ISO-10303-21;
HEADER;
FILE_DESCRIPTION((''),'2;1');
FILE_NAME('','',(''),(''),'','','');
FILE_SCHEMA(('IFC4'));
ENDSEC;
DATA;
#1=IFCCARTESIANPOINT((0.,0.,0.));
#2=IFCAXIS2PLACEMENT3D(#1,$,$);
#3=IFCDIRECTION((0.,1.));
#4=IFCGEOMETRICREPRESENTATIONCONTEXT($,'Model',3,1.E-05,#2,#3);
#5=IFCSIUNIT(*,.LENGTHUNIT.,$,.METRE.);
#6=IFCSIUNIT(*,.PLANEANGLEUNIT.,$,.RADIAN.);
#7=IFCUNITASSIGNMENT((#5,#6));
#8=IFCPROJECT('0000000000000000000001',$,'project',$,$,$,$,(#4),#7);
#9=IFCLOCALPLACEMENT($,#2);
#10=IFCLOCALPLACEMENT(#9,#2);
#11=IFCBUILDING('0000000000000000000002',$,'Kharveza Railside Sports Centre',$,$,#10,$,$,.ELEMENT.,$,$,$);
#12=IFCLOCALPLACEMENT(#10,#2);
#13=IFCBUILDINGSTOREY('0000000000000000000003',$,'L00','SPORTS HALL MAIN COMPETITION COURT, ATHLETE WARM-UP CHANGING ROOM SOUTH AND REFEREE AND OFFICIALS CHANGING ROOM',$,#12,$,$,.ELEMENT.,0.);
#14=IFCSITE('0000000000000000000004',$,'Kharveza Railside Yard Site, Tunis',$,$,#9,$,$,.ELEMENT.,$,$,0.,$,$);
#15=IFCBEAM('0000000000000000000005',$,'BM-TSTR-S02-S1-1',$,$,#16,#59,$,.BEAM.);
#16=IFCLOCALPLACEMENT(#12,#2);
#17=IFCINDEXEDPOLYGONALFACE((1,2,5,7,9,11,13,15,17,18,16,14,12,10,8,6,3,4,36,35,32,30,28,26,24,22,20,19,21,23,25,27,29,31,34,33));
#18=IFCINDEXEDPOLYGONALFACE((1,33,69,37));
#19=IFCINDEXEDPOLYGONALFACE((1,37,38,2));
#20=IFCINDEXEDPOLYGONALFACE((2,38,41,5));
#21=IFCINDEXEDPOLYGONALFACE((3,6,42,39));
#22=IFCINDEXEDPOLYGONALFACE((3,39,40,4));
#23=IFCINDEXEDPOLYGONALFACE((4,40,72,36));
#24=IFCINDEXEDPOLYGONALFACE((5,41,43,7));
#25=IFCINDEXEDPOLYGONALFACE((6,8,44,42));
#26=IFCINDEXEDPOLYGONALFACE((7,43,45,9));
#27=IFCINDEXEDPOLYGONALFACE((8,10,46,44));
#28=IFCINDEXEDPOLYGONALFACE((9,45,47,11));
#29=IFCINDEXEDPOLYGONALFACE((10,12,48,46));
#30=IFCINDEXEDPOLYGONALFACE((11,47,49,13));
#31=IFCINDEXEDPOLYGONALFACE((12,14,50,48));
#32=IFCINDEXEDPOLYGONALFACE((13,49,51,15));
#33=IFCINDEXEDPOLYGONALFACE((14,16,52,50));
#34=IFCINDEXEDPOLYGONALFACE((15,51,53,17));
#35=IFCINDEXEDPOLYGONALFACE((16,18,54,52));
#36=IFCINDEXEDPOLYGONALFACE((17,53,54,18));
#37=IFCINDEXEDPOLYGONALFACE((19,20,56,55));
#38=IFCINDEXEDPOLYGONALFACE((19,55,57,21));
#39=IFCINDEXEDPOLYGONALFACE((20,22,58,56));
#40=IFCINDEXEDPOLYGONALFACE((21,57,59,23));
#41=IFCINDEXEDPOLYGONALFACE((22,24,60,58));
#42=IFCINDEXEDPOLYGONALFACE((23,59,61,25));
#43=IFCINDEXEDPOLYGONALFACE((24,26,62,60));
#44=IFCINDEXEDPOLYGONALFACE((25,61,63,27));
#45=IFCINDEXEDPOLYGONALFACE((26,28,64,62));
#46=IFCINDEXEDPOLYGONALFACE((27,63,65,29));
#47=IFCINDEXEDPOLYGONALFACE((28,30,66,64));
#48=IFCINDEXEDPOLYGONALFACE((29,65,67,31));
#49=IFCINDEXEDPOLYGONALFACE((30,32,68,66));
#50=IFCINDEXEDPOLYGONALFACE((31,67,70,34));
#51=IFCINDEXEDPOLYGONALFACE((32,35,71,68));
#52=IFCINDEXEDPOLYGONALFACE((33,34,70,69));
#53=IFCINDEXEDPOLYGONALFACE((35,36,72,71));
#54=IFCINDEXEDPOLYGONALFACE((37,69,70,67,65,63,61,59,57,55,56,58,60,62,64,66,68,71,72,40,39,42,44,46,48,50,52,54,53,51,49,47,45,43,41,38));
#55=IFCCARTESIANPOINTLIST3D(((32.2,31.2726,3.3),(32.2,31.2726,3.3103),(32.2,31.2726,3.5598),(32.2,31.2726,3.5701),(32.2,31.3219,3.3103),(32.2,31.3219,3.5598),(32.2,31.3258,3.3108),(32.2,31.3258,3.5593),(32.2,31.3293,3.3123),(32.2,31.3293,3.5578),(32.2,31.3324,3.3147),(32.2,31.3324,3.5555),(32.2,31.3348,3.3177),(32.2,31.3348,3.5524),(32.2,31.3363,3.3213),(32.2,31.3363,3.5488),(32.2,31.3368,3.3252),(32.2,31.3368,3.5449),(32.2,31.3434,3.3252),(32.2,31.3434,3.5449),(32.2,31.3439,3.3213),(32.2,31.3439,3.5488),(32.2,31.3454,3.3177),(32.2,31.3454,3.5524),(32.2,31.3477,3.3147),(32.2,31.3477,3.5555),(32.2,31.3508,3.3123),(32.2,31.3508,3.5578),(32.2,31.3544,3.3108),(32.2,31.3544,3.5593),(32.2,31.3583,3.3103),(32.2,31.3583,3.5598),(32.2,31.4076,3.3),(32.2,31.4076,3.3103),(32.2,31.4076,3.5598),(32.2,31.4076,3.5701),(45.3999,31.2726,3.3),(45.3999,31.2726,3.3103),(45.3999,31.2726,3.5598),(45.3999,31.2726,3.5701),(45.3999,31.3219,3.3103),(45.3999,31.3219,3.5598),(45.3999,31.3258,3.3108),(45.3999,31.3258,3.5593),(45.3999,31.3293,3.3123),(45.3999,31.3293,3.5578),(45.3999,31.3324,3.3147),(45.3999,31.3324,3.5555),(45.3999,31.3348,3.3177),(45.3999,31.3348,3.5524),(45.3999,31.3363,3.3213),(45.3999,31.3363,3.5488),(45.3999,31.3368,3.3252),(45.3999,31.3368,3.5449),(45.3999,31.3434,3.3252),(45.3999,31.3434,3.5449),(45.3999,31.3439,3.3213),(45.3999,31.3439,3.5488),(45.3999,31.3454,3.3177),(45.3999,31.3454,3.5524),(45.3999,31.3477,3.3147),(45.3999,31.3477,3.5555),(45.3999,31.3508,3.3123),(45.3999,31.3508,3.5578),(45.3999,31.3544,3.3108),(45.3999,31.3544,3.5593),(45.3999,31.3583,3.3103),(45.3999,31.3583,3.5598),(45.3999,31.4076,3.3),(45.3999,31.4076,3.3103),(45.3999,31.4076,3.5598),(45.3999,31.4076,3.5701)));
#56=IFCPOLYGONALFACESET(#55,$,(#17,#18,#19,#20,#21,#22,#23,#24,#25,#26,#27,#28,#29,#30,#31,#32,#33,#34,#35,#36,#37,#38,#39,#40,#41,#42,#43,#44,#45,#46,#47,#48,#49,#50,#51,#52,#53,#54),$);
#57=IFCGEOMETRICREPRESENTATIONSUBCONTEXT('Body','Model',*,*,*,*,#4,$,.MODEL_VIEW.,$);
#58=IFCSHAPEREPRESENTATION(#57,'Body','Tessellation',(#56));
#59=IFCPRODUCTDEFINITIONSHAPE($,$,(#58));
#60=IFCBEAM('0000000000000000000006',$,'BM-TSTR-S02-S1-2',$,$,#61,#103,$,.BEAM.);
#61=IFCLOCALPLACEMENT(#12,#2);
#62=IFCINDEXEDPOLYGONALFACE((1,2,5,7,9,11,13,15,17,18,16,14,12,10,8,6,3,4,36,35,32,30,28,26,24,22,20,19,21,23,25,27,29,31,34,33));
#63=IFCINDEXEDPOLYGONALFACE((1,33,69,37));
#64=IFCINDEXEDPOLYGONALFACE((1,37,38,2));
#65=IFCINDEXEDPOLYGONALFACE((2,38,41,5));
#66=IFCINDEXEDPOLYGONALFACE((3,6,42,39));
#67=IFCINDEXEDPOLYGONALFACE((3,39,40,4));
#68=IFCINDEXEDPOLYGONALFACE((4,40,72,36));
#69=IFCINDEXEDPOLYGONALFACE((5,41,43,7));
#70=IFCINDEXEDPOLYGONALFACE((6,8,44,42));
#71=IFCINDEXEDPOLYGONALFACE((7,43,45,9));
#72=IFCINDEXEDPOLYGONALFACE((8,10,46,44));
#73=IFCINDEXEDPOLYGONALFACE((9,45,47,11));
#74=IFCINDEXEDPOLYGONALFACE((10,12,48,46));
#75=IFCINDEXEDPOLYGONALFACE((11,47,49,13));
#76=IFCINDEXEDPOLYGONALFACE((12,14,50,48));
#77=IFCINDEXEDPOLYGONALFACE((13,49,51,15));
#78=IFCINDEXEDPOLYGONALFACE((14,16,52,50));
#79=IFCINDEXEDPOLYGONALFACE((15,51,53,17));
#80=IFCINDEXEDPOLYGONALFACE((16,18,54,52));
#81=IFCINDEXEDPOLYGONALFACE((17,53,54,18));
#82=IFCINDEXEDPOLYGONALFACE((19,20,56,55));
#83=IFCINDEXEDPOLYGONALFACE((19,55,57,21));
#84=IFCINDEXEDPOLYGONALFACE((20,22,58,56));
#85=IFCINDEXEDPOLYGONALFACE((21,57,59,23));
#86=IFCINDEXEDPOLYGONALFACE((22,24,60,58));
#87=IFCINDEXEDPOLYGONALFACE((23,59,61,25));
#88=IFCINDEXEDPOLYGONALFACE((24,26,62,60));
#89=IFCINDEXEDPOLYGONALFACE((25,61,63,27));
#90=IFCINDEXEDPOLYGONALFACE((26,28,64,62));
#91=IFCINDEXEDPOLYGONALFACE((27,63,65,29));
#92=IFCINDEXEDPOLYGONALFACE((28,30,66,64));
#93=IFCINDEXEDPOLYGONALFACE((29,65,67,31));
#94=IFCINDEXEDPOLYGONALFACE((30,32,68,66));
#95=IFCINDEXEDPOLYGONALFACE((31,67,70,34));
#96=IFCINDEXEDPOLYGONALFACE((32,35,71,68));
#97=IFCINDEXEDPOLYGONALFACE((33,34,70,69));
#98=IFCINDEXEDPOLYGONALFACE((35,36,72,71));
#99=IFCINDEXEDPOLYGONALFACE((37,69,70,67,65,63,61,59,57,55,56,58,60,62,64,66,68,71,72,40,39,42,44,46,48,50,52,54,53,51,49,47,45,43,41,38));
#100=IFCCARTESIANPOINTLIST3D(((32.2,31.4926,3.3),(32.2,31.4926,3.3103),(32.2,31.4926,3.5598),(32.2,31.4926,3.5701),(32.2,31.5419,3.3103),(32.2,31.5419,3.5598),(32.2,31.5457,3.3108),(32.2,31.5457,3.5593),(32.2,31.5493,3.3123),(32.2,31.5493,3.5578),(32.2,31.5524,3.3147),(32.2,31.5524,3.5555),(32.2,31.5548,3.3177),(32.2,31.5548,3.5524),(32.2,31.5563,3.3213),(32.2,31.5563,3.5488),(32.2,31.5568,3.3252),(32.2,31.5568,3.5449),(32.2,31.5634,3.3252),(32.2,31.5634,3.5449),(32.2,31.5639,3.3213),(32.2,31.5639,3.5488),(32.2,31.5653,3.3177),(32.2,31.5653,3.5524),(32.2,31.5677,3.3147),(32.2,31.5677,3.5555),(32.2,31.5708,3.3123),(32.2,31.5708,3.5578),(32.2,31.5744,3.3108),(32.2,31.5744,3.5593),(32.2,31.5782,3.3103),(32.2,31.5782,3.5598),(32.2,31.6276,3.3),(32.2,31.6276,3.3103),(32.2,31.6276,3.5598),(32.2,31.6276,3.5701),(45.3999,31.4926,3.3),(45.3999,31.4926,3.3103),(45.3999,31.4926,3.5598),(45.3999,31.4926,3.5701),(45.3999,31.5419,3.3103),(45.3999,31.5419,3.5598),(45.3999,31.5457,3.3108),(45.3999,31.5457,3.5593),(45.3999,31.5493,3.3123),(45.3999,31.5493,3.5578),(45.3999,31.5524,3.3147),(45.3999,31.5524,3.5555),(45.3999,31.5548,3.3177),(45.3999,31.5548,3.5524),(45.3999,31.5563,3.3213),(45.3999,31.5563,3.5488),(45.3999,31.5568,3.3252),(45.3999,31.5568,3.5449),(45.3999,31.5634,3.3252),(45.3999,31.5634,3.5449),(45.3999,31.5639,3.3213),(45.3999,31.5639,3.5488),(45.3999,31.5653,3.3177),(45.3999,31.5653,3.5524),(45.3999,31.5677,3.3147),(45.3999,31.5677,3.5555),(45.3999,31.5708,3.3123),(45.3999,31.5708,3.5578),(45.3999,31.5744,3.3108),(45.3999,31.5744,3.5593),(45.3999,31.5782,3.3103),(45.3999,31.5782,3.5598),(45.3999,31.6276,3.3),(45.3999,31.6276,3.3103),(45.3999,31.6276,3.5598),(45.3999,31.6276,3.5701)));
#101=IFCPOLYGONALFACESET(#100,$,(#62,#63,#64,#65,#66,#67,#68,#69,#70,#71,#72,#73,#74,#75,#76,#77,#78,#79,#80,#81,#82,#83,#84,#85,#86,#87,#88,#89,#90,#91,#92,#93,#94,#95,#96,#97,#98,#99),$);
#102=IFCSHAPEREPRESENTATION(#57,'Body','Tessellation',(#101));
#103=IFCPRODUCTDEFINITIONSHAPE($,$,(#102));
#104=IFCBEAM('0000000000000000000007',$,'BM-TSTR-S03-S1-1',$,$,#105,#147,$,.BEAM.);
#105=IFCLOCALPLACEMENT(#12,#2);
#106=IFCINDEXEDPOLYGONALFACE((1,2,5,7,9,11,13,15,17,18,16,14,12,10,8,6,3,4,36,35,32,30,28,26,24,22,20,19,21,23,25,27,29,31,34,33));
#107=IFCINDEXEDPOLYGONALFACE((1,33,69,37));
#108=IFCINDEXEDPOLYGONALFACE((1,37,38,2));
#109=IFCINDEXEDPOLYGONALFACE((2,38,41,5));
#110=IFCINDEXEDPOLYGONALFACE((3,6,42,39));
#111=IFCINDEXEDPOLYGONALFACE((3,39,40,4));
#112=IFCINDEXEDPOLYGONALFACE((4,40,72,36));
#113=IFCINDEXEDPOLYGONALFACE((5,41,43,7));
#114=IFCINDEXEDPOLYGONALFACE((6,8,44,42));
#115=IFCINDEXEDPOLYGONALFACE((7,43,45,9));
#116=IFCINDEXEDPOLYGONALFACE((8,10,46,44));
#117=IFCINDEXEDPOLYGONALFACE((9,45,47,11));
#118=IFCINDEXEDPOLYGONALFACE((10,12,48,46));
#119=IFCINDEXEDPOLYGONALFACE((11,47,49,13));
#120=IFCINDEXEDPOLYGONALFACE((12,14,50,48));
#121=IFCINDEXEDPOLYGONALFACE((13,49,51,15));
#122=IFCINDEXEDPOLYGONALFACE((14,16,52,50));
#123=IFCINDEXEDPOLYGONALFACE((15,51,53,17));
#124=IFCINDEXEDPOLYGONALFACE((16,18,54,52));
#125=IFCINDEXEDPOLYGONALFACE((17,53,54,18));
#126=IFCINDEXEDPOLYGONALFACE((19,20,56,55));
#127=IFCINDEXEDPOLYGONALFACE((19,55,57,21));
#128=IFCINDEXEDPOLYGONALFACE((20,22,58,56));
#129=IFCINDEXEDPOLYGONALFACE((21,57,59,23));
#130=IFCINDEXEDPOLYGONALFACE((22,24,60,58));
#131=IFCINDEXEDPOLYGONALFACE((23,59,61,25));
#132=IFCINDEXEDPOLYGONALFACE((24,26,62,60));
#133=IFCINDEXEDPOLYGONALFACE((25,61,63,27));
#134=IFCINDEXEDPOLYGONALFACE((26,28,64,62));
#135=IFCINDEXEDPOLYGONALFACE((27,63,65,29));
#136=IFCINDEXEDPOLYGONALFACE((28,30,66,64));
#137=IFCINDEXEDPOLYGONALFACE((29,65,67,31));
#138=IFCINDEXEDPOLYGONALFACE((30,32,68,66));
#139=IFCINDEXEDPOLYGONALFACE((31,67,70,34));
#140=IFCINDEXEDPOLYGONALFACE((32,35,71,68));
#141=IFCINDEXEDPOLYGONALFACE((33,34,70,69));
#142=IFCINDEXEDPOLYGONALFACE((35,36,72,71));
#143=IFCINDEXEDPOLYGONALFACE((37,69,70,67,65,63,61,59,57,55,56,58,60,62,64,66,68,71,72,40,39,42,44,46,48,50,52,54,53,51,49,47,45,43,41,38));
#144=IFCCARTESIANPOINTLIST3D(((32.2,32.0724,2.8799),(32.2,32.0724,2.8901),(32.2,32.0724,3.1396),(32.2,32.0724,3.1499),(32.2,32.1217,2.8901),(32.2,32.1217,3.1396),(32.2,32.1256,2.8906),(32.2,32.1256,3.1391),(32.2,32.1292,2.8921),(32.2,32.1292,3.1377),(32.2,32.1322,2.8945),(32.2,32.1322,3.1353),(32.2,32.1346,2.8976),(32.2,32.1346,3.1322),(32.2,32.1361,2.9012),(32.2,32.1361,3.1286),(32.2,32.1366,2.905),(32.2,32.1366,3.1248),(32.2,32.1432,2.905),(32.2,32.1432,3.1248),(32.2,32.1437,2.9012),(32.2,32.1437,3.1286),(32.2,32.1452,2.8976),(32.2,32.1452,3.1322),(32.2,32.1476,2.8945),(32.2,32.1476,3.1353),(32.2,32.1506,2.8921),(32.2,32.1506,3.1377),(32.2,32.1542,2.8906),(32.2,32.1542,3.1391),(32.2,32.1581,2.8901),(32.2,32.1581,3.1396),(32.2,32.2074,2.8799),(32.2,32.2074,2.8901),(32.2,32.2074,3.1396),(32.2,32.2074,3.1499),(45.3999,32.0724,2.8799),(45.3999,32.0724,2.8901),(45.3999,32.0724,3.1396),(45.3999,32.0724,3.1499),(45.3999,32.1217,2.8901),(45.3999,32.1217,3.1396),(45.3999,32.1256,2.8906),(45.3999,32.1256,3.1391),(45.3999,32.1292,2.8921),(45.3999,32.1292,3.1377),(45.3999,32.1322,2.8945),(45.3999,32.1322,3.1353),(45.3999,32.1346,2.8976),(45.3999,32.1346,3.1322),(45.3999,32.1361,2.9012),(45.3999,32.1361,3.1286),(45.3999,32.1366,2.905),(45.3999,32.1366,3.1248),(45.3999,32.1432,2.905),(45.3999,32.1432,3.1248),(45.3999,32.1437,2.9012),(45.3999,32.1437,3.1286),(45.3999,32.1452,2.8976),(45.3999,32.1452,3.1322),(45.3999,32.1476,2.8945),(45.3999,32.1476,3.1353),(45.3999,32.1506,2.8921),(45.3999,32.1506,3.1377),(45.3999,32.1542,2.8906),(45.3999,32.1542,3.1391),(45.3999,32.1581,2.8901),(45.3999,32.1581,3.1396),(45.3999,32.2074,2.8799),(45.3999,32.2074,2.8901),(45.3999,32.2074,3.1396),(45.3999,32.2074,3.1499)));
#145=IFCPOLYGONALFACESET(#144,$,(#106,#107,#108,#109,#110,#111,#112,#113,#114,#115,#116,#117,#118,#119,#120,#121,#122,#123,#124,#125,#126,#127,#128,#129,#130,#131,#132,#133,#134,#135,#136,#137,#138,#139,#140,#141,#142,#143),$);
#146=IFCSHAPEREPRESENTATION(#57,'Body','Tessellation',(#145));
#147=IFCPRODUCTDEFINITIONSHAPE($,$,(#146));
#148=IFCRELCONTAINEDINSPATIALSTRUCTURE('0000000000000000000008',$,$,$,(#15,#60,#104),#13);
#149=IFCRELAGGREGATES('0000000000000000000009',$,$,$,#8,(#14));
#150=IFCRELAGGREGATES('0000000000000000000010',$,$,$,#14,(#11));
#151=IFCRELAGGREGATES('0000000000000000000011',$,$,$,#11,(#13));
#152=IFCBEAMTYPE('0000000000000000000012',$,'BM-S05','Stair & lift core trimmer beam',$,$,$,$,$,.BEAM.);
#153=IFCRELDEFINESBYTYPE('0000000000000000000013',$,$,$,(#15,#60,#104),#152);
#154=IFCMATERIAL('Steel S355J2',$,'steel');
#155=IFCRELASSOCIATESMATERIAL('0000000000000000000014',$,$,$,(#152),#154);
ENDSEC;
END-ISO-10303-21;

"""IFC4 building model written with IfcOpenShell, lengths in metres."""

from ifc_helpers import new_model, si_unit, direction, frame, origin, origin_2d, place, context, subcontext, project, spatial, i_section, extrude, material, material_profile, profile_set, type_object, element, save


model = new_model("IFC4")

# Units and contexts
model_context = context("Model", 3, precision=1e-05, world=origin(), true_north=direction((0.0, 1.0)))
body_context = subcontext(model_context, "Body", "Model", "MODEL_VIEW")
ifc_project = project(units=[si_unit("LENGTHUNIT", "METRE"), si_unit("PLANEANGLEUNIT", "RADIAN")], contexts=[model_context])

# Site, building, storey
site_placement = place(None, origin())
site = spatial("IfcSite", under=ifc_project, at=site_placement, Name="Kharveza Railside Yard Site, Tunis", CompositionType="ELEMENT", RefElevation=0.0)
building_placement = place(site_placement, origin())
building = spatial("IfcBuilding", under=site, at=building_placement, Name="Kharveza Railside Sports Centre", CompositionType="ELEMENT")
storey_placement = place(building_placement, origin())
storey = spatial("IfcBuildingStorey", under=building, at=storey_placement, Name="L00", Description="SPORTS HALL MAIN COMPETITION COURT, ATHLETE WARM-UP CHANGING ROOM SOUTH AND REFEREE AND OFFICIALS CHANGING ROOM", CompositionType="ELEMENT", Elevation=0.0)

# Shared definitions
ifc_material_1 = material(Name="Steel S355J2", Category="steel")

# Beams
ifc_material_profile_1 = material_profile(ifc_material_1, i_section(OverallWidth=0.135, OverallDepth=0.27, WebThickness=0.0066, FlangeThickness=0.0103, FilletRadius=0.0149, at=origin_2d()), Name="IPE 270")
ifc_profile_set_1 = profile_set([ifc_material_profile_1], Name="Steel S355J2")
beam_type_1 = type_object("IfcBeamType", Name="BM-S05", Description="Stair & lift core trimmer beam", PredefinedType="BEAM", material=ifc_profile_set_1)
for number, where, z_axis, x_axis, name in (
    (1, (32.2, 31.3401, 3.4351), (1.0, 0.0, 0.0), (0.0, 1.0, 0.0), "BM-TSTR-S02-S1-1"),
    (2, (32.2, 31.5601, 3.4351), (1.0, 0.0, 0.0), (0.0, 1.0, 0.0), "BM-TSTR-S02-S1-2"),
    (3, (32.2, 32.1399, 3.0149), (1.0, 0.0, 0.0), (0.0, 1.0, 0.0), "BM-TSTR-S03-S1-1"),
):
    element("IfcBeam", number, at=place(storey_placement, frame(where, z_axis=z_axis, x_axis=x_axis)), inside=storey, type_object=beam_type_1, Name=name, PredefinedType="BEAM", context=body_context, shape_type="SweptSolid", body=[
        extrude(i_section(OverallWidth=0.135, OverallDepth=0.27, WebThickness=0.0066, FlangeThickness=0.0103, FilletRadius=0.0149, at=origin_2d()), origin(), (0.0, 0.0, 1.0), 13.2),
    ])

save(model, "model.ifc")
